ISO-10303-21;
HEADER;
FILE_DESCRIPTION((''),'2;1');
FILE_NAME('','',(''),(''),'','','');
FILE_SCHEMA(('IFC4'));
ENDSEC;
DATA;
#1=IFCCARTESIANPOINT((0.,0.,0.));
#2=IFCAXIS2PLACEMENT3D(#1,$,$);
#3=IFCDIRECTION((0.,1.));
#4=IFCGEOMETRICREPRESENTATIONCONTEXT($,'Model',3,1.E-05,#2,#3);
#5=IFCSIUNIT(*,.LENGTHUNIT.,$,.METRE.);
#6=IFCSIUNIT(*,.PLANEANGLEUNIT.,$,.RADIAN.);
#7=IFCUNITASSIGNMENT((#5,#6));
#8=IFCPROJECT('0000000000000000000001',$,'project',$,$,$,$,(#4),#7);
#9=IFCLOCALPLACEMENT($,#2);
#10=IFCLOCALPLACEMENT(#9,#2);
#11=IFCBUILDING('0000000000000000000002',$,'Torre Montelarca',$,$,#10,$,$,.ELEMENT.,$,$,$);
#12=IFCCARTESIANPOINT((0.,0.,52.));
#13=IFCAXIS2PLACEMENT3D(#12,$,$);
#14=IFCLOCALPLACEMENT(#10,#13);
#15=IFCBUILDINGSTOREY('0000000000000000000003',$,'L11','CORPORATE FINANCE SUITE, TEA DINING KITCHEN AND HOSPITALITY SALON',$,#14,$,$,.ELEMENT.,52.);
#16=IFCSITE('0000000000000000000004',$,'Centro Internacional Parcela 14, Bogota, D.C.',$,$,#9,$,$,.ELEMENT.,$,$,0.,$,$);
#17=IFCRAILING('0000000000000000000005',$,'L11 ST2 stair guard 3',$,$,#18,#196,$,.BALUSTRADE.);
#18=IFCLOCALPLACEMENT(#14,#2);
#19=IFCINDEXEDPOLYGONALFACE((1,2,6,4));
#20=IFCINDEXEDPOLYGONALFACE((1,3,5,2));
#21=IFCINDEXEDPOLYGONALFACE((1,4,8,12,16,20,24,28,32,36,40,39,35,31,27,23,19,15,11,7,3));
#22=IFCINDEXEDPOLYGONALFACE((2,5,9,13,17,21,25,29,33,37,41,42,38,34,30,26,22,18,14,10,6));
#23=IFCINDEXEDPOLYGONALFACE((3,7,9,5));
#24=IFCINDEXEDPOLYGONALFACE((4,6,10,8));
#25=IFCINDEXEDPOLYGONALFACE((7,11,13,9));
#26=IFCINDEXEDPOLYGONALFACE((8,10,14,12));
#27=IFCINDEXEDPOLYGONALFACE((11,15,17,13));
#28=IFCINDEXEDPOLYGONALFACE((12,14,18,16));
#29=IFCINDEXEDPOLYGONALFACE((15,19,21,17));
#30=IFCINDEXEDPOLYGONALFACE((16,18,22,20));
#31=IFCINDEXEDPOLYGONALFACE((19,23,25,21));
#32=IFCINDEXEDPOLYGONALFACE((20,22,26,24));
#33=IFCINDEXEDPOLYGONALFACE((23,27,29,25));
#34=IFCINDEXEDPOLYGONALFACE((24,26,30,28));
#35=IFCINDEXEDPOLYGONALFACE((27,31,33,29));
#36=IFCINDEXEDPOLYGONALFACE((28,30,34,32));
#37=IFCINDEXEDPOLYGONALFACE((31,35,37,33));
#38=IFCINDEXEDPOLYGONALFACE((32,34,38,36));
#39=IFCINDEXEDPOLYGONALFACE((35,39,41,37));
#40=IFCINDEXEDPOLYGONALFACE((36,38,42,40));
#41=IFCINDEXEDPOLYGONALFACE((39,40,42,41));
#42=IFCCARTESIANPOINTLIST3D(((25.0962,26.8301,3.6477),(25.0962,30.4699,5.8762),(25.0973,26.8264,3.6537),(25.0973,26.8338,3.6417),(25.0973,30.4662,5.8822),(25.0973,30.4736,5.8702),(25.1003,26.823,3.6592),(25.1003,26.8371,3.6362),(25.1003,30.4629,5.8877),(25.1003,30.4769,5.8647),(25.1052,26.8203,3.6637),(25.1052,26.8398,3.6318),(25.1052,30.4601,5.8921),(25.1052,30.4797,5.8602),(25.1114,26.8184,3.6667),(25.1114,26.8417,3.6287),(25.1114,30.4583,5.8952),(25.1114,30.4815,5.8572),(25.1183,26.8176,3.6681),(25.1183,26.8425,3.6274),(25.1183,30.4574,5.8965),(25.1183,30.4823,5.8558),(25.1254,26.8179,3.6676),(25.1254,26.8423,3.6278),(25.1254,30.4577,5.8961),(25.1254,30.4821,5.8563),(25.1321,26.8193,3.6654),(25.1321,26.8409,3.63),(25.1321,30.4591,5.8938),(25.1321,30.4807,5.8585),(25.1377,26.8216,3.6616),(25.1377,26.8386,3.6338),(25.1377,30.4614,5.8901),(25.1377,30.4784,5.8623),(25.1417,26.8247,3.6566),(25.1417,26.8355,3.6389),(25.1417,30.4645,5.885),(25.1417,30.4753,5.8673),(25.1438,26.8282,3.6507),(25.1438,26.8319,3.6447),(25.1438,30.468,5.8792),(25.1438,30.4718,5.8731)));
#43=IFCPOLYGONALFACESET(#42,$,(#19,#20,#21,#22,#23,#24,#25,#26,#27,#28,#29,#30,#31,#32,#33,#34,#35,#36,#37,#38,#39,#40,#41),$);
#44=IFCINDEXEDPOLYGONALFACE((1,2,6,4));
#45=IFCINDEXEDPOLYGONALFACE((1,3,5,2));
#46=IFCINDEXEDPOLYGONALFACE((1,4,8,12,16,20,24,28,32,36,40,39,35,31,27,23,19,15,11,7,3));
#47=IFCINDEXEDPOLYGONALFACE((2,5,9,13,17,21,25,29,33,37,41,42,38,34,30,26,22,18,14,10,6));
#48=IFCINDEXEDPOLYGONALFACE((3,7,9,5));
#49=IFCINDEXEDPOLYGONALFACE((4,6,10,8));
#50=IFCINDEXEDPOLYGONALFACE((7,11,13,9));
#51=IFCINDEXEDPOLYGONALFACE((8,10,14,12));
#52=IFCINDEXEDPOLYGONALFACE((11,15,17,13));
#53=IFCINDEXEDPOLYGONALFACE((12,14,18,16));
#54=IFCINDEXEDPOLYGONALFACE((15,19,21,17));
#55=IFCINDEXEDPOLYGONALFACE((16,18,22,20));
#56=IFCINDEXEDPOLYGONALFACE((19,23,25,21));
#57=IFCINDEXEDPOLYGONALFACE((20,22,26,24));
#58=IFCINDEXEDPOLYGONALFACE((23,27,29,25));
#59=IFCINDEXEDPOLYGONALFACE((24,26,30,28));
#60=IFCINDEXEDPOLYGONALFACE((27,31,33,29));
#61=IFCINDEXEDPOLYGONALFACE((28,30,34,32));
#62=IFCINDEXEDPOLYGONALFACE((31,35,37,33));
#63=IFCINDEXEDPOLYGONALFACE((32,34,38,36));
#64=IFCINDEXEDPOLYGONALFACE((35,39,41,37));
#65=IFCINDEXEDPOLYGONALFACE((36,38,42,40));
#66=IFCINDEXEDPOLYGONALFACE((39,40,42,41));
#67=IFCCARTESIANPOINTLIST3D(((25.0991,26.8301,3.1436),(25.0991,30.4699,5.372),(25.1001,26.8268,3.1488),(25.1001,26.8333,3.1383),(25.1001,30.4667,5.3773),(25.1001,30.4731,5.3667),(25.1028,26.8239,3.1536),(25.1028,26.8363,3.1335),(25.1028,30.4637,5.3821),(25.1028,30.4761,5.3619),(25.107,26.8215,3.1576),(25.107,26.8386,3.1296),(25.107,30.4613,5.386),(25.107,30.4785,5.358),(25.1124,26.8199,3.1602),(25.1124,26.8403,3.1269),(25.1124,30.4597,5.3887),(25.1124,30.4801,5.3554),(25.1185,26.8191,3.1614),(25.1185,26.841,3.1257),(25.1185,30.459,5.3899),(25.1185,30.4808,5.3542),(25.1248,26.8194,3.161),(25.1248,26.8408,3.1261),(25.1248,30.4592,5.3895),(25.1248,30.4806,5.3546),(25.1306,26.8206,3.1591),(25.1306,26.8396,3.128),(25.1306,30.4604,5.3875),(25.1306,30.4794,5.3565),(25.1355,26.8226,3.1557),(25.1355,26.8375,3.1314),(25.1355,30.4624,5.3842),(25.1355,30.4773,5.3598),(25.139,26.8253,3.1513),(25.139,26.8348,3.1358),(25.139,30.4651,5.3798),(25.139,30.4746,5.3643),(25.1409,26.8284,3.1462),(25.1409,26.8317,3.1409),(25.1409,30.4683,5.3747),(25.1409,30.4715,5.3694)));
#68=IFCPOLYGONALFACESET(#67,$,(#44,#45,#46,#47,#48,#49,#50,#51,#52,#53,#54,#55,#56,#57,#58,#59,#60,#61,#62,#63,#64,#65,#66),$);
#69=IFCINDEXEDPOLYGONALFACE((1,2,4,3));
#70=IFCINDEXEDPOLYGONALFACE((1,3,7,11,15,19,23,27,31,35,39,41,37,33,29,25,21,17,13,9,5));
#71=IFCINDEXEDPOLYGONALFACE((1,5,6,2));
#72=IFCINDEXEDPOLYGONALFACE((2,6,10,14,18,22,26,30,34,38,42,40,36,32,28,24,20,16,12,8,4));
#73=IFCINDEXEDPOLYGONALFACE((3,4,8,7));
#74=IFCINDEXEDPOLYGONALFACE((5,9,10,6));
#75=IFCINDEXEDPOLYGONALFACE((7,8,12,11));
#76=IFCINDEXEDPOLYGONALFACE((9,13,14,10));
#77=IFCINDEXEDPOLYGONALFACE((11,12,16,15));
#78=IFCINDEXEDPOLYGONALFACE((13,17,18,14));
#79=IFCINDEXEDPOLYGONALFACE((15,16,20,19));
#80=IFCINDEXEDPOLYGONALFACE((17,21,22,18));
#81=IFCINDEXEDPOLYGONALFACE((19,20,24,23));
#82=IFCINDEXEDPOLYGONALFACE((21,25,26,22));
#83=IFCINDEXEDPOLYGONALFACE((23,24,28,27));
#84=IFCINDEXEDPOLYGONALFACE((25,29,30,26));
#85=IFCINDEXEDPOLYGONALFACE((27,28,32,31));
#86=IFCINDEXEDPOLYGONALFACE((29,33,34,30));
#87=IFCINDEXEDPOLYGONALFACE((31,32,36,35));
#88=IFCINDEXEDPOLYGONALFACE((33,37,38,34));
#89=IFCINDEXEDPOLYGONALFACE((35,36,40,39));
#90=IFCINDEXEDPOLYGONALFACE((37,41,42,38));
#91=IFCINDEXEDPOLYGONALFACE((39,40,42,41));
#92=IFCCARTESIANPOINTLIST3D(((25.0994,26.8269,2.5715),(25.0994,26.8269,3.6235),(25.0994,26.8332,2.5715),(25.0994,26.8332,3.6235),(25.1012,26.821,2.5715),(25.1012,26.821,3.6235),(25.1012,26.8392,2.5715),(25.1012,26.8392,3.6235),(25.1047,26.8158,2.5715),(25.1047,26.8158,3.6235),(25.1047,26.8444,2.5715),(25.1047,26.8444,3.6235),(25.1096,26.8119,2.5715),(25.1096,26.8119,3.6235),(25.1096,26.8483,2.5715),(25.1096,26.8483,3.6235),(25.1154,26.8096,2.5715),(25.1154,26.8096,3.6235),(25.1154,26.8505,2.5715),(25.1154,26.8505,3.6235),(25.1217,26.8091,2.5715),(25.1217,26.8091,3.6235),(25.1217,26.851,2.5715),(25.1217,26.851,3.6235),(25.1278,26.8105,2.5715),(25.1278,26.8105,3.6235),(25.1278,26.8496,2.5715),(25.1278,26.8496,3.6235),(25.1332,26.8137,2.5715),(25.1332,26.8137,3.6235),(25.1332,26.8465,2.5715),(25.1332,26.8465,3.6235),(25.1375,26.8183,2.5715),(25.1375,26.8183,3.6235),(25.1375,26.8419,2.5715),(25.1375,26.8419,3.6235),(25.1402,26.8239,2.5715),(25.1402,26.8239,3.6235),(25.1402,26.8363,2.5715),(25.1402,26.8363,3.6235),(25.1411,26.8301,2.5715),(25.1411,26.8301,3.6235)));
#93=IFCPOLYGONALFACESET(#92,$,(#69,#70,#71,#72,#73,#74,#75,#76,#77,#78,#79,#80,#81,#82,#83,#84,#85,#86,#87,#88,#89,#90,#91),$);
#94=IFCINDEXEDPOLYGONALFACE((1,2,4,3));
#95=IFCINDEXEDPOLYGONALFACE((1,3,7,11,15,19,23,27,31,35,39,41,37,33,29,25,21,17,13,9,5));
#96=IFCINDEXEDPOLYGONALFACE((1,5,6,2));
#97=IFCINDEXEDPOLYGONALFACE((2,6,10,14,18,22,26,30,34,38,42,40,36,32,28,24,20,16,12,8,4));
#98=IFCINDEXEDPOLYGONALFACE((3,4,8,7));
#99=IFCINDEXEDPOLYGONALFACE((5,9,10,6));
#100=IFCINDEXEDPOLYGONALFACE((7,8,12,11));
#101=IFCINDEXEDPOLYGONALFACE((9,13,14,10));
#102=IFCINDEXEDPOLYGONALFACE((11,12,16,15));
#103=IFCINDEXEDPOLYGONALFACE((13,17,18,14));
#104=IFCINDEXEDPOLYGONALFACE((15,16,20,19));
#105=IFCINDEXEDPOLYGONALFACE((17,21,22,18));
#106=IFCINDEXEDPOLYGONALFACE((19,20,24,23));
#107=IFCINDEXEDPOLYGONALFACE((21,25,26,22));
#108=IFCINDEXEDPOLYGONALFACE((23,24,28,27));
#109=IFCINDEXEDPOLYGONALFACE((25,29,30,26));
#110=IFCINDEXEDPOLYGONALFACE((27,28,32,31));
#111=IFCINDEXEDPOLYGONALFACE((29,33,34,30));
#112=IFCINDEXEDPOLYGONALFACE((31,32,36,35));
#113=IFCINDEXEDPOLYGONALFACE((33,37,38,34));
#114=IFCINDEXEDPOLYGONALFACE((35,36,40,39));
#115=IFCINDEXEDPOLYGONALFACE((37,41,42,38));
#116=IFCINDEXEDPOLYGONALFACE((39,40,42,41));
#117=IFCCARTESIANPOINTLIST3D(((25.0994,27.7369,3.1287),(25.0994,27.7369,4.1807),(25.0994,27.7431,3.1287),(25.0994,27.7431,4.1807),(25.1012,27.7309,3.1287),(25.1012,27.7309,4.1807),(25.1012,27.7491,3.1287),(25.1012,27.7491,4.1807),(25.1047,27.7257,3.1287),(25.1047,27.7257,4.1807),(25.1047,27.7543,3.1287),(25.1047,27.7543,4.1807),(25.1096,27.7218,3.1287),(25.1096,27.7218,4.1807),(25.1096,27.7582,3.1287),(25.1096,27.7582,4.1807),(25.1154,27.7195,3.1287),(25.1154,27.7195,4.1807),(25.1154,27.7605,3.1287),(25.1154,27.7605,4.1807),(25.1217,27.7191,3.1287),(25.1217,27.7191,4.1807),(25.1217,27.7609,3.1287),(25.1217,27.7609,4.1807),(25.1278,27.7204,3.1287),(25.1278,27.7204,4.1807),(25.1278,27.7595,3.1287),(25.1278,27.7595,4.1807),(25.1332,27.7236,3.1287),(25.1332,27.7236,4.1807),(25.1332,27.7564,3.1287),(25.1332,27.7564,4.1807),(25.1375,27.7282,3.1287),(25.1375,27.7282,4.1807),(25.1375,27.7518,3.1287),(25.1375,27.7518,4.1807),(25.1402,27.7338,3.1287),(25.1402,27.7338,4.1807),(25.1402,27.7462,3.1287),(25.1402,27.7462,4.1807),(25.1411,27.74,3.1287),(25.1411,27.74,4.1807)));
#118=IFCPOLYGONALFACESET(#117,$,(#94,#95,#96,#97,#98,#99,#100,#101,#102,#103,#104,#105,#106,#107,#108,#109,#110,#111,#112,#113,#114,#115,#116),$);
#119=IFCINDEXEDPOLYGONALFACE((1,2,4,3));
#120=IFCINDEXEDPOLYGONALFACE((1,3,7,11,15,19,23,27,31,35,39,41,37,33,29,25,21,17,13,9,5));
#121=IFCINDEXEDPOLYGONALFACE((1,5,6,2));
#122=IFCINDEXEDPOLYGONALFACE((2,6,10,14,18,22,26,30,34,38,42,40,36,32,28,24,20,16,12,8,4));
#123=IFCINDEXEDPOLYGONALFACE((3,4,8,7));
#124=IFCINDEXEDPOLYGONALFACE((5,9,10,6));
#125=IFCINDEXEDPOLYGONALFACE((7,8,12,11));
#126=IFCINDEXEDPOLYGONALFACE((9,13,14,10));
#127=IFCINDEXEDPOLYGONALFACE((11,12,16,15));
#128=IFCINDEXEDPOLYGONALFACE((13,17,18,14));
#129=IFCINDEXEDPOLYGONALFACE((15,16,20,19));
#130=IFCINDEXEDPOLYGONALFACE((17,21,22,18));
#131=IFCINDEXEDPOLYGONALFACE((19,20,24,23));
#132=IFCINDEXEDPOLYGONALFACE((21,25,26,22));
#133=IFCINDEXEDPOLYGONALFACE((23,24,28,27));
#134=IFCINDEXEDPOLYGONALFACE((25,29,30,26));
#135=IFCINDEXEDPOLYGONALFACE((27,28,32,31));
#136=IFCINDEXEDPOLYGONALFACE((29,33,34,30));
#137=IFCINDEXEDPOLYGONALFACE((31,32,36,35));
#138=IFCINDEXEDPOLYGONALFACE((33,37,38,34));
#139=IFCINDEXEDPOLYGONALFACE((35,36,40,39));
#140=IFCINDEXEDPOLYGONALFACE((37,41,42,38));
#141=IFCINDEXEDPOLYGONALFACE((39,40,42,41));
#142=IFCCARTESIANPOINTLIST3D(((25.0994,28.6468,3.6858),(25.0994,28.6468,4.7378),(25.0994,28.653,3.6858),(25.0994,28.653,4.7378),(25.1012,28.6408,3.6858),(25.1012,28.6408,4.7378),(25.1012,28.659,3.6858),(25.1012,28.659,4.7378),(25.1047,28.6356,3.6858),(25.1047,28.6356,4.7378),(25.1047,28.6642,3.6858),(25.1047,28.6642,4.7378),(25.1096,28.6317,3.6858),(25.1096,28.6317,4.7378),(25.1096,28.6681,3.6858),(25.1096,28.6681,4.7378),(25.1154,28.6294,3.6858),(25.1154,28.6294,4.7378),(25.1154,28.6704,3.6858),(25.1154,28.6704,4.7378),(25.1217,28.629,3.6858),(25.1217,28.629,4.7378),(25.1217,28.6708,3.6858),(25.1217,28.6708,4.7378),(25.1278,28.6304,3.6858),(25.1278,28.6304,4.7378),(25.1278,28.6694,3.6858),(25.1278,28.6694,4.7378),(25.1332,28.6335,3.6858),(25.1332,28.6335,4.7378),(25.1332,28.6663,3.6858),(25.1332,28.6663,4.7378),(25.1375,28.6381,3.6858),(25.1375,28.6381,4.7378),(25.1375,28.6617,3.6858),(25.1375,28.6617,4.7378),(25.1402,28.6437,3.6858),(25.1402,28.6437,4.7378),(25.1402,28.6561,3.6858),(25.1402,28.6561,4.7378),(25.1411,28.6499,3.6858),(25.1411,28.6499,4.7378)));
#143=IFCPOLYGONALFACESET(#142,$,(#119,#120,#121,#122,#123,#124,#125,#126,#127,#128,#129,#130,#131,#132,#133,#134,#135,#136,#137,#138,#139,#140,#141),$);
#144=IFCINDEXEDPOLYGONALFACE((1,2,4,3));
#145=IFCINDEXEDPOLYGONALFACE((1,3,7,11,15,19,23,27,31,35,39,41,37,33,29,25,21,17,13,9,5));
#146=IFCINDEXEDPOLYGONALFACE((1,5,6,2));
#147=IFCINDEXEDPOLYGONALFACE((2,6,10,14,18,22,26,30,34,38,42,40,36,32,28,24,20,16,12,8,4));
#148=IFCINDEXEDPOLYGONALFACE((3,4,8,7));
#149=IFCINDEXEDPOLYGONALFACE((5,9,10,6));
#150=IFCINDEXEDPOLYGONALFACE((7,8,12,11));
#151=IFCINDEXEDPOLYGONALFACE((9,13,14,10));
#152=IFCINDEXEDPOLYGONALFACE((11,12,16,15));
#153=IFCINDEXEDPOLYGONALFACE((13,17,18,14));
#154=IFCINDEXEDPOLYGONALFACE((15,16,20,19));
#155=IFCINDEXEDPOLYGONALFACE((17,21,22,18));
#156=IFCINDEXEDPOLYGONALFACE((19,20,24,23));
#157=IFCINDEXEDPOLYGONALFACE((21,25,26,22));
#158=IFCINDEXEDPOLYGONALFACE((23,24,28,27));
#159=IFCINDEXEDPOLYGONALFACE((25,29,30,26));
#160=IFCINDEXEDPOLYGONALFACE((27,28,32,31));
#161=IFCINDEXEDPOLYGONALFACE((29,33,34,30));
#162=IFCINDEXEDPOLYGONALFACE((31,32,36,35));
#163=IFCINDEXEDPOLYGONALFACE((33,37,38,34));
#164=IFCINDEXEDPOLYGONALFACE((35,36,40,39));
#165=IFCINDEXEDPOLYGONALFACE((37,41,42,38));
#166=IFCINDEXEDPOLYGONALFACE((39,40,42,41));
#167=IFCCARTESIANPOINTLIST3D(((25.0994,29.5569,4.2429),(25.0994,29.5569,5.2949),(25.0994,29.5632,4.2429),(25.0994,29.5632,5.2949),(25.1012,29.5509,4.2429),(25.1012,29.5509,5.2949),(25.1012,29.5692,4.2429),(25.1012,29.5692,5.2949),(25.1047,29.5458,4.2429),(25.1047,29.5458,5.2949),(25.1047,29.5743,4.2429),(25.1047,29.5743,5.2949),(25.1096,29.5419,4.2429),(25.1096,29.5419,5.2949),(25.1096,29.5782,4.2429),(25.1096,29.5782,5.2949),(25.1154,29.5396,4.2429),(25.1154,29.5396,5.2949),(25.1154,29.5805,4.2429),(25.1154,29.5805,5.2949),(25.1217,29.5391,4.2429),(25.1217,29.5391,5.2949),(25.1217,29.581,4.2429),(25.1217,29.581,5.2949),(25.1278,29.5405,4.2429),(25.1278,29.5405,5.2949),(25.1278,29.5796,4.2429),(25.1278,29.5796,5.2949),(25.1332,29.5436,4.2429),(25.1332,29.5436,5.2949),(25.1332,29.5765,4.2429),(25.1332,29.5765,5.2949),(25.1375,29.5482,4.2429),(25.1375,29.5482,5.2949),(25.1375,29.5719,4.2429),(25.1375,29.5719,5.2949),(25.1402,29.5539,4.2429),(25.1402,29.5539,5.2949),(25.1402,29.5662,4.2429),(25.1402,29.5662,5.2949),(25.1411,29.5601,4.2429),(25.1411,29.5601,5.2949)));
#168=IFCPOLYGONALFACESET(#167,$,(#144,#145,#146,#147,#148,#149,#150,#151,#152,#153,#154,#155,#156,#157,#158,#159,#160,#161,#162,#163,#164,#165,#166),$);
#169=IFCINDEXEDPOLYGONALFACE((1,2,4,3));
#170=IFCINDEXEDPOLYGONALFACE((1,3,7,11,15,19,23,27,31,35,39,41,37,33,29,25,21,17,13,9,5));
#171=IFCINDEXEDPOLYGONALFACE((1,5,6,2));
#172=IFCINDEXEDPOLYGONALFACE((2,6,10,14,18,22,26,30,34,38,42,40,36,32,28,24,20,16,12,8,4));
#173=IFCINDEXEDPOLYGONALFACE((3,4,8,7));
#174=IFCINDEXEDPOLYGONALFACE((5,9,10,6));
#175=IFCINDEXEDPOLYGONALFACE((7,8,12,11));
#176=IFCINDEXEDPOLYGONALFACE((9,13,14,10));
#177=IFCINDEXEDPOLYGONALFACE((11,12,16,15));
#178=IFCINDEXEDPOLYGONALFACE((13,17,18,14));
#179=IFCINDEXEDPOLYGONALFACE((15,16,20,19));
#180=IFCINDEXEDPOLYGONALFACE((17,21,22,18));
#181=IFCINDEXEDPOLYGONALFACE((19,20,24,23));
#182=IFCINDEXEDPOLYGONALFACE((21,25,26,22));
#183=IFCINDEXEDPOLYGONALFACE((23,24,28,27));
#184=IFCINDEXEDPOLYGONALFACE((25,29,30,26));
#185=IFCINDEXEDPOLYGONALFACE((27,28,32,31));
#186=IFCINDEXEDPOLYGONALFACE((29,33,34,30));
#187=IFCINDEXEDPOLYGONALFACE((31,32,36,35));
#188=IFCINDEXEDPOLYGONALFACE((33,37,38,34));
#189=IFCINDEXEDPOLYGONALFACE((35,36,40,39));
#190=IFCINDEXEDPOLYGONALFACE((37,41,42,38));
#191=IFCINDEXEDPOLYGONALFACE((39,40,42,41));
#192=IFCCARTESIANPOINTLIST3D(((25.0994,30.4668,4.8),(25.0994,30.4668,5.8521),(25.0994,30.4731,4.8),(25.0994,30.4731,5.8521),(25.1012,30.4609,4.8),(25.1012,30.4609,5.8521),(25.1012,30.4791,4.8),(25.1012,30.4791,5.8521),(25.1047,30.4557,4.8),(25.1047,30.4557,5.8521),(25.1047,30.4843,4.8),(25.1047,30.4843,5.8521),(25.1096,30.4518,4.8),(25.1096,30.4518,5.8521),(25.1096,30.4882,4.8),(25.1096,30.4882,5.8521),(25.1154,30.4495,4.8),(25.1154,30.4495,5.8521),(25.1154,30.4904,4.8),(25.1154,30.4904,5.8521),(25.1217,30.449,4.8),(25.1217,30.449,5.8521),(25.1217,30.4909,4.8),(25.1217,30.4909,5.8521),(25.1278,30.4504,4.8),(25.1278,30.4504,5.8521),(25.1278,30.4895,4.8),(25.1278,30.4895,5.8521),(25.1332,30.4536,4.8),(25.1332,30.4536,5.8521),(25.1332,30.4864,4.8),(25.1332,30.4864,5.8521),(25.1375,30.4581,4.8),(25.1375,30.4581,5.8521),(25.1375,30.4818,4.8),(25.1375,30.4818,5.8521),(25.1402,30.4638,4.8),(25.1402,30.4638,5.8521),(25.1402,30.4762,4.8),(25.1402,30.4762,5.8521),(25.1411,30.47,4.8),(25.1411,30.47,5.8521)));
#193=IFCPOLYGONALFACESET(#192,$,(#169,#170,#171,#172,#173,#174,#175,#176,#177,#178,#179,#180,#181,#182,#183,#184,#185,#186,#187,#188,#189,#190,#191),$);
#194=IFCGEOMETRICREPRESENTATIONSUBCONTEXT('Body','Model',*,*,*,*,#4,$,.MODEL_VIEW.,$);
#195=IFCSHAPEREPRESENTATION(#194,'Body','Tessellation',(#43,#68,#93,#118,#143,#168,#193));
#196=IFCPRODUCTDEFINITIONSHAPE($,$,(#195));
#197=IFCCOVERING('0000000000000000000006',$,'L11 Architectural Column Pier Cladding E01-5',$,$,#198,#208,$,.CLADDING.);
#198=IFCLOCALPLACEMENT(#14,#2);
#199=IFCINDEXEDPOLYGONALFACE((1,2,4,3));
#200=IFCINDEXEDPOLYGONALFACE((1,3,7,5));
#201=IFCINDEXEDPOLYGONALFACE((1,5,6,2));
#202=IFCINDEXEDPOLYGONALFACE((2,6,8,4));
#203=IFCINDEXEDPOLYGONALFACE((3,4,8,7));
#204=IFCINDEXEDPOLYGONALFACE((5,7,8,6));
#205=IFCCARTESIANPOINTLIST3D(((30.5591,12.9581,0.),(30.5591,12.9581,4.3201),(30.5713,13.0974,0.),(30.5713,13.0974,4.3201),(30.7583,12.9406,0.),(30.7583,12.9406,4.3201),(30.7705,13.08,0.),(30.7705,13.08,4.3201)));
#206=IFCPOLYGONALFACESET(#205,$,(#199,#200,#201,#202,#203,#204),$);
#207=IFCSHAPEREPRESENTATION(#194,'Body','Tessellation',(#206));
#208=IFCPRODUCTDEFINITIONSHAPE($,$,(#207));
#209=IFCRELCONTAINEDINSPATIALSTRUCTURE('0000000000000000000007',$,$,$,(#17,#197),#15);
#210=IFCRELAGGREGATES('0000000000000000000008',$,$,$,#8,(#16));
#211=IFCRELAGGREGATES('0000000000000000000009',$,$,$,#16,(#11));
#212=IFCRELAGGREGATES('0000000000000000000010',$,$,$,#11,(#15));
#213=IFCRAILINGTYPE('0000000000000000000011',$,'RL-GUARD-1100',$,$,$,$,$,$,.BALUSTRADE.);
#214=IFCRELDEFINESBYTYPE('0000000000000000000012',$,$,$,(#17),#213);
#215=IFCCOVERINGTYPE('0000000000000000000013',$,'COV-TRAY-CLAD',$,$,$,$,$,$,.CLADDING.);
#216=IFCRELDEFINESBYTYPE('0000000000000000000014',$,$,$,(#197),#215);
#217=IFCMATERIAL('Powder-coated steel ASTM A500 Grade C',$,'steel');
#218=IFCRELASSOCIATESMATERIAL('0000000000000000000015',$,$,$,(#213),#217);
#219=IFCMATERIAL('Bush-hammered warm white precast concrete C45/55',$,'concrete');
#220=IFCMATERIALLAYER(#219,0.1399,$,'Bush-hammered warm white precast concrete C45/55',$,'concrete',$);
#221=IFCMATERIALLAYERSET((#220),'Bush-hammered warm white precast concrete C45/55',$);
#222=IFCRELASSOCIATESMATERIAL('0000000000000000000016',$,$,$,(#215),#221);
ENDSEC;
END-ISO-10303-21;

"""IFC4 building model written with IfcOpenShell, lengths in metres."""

from ifc_helpers import new_model, si_unit, direction, frame, origin, origin_2d, place, context, subcontext, project, spatial, rectangle, circle, extrude, source, transform, mapped, material, layer, layer_set, type_object, element, save


model = new_model("IFC4")

# Units and contexts
model_context = context("Model", 3, precision=1e-05, world=origin(), true_north=direction((0.0, 1.0)))
body_context = subcontext(model_context, "Body", "Model", "MODEL_VIEW")
ifc_project = project(units=[si_unit("LENGTHUNIT", "METRE"), si_unit("PLANEANGLEUNIT", "RADIAN")], contexts=[model_context])

# Site, building, storey
site_placement = place(None, origin())
site = spatial("IfcSite", under=ifc_project, at=site_placement, Name="Centro Internacional Parcela 14, Bogota, D.C.", CompositionType="ELEMENT", RefElevation=0.0)
building_placement = place(site_placement, origin())
building = spatial("IfcBuilding", under=site, at=building_placement, Name="Torre Montelarca", CompositionType="ELEMENT")
storey_placement = place(building_placement, frame((0.0, 0.0, 52.0)))
storey = spatial("IfcBuildingStorey", under=building, at=storey_placement, Name="L11", Description="CORPORATE FINANCE SUITE, TEA DINING KITCHEN AND HOSPITALITY SALON", CompositionType="ELEMENT", Elevation=52.0)

# Railing
ifc_material_1 = material(Name="Powder-coated steel ASTM A500 Grade C", Category="steel")
railing_type = type_object("IfcRailingType", Name="RL-GUARD-1100", PredefinedType="BALUSTRADE", material=ifc_material_1)
railing_1_placement = place(storey_placement, frame((25.1201, 26.8301, 2.5715)))
element("IfcRailing", 1, at=railing_1_placement, inside=storey, type_object=railing_type, Name="L11 ST2 stair guard 3", PredefinedType="BALUSTRADE", context=body_context, shape_type="SweptSolid", body=[
    extrude(circle(Radius=0.0239, at=origin_2d()), frame((0.0, 0.0, 1.0762), z_axis=(0.0, 0.85285, 0.522156), x_axis=(-1.0, 0.0, 0.0)), (0.0, 0.0, 1.0), 4.2678),
    extrude(circle(Radius=0.021, at=origin_2d()), frame((0.0, 0.0, 0.572), z_axis=(0.0, 0.85285, 0.522156), x_axis=(-1.0, 0.0, 0.0)), (0.0, 0.0, 1.0), 4.2678),
    extrude(circle(Radius=0.021, at=origin_2d()), origin(), (0.0, 0.0, 1.0), 1.052),
    extrude(circle(Radius=0.021, at=origin_2d()), frame((0.0, 0.9099, 0.5571)), (0.0, 0.0, 1.0), 1.052),
    extrude(circle(Radius=0.021, at=origin_2d()), frame((0.0, 1.8198, 1.1143)), (0.0, 0.0, 1.0), 1.052),
    extrude(circle(Radius=0.021, at=origin_2d()), frame((0.0, 2.73, 1.6714)), (0.0, 0.0, 1.0), 1.052),
    extrude(circle(Radius=0.021, at=origin_2d()), frame((0.0, 3.6399, 2.2285)), (0.0, 0.0, 1.0), 1.052),
])

# Covering
ifc_material_2 = material(Name="Bush-hammered warm white precast concrete C45/55", Category="concrete")
ifc_layer_1 = layer(ifc_material_2, 0.1399, Name="Bush-hammered warm white precast concrete C45/55", Category="concrete")
ifc_layer_set_1 = layer_set([ifc_layer_1], Name="Bush-hammered warm white precast concrete C45/55")
covering_type = type_object("IfcCoveringType", Name="COV-TRAY-CLAD", PredefinedType="CLADDING", material=ifc_layer_set_1)
shared_shape_1 = source(origin(), body_context, "Body", "SweptSolid", [
    extrude(rectangle(XDim=0.2, YDim=0.1399, at=origin_2d()), origin(), (0.0, 0.0, 1.0), 4.3201),
])
for number, where, z_axis, x_axis, name in (
    (2, (30.6648, 13.019, 0.0), (0.0, 0.0, 1.0), (0.996195, -0.087157, 0.0), "L11 Architectural Column Pier Cladding E01-5"),
):
    element("IfcCovering", number, at=place(storey_placement, frame(where, z_axis=z_axis, x_axis=x_axis)), inside=storey, type_object=covering_type, Name=name, PredefinedType="CLADDING", context=body_context, shape_type="MappedRepresentation", body=[
        mapped(shared_shape_1, transform((0.0, 0.0, 0.0), scale=1.0)),
    ])

save(model, "model.ifc")
